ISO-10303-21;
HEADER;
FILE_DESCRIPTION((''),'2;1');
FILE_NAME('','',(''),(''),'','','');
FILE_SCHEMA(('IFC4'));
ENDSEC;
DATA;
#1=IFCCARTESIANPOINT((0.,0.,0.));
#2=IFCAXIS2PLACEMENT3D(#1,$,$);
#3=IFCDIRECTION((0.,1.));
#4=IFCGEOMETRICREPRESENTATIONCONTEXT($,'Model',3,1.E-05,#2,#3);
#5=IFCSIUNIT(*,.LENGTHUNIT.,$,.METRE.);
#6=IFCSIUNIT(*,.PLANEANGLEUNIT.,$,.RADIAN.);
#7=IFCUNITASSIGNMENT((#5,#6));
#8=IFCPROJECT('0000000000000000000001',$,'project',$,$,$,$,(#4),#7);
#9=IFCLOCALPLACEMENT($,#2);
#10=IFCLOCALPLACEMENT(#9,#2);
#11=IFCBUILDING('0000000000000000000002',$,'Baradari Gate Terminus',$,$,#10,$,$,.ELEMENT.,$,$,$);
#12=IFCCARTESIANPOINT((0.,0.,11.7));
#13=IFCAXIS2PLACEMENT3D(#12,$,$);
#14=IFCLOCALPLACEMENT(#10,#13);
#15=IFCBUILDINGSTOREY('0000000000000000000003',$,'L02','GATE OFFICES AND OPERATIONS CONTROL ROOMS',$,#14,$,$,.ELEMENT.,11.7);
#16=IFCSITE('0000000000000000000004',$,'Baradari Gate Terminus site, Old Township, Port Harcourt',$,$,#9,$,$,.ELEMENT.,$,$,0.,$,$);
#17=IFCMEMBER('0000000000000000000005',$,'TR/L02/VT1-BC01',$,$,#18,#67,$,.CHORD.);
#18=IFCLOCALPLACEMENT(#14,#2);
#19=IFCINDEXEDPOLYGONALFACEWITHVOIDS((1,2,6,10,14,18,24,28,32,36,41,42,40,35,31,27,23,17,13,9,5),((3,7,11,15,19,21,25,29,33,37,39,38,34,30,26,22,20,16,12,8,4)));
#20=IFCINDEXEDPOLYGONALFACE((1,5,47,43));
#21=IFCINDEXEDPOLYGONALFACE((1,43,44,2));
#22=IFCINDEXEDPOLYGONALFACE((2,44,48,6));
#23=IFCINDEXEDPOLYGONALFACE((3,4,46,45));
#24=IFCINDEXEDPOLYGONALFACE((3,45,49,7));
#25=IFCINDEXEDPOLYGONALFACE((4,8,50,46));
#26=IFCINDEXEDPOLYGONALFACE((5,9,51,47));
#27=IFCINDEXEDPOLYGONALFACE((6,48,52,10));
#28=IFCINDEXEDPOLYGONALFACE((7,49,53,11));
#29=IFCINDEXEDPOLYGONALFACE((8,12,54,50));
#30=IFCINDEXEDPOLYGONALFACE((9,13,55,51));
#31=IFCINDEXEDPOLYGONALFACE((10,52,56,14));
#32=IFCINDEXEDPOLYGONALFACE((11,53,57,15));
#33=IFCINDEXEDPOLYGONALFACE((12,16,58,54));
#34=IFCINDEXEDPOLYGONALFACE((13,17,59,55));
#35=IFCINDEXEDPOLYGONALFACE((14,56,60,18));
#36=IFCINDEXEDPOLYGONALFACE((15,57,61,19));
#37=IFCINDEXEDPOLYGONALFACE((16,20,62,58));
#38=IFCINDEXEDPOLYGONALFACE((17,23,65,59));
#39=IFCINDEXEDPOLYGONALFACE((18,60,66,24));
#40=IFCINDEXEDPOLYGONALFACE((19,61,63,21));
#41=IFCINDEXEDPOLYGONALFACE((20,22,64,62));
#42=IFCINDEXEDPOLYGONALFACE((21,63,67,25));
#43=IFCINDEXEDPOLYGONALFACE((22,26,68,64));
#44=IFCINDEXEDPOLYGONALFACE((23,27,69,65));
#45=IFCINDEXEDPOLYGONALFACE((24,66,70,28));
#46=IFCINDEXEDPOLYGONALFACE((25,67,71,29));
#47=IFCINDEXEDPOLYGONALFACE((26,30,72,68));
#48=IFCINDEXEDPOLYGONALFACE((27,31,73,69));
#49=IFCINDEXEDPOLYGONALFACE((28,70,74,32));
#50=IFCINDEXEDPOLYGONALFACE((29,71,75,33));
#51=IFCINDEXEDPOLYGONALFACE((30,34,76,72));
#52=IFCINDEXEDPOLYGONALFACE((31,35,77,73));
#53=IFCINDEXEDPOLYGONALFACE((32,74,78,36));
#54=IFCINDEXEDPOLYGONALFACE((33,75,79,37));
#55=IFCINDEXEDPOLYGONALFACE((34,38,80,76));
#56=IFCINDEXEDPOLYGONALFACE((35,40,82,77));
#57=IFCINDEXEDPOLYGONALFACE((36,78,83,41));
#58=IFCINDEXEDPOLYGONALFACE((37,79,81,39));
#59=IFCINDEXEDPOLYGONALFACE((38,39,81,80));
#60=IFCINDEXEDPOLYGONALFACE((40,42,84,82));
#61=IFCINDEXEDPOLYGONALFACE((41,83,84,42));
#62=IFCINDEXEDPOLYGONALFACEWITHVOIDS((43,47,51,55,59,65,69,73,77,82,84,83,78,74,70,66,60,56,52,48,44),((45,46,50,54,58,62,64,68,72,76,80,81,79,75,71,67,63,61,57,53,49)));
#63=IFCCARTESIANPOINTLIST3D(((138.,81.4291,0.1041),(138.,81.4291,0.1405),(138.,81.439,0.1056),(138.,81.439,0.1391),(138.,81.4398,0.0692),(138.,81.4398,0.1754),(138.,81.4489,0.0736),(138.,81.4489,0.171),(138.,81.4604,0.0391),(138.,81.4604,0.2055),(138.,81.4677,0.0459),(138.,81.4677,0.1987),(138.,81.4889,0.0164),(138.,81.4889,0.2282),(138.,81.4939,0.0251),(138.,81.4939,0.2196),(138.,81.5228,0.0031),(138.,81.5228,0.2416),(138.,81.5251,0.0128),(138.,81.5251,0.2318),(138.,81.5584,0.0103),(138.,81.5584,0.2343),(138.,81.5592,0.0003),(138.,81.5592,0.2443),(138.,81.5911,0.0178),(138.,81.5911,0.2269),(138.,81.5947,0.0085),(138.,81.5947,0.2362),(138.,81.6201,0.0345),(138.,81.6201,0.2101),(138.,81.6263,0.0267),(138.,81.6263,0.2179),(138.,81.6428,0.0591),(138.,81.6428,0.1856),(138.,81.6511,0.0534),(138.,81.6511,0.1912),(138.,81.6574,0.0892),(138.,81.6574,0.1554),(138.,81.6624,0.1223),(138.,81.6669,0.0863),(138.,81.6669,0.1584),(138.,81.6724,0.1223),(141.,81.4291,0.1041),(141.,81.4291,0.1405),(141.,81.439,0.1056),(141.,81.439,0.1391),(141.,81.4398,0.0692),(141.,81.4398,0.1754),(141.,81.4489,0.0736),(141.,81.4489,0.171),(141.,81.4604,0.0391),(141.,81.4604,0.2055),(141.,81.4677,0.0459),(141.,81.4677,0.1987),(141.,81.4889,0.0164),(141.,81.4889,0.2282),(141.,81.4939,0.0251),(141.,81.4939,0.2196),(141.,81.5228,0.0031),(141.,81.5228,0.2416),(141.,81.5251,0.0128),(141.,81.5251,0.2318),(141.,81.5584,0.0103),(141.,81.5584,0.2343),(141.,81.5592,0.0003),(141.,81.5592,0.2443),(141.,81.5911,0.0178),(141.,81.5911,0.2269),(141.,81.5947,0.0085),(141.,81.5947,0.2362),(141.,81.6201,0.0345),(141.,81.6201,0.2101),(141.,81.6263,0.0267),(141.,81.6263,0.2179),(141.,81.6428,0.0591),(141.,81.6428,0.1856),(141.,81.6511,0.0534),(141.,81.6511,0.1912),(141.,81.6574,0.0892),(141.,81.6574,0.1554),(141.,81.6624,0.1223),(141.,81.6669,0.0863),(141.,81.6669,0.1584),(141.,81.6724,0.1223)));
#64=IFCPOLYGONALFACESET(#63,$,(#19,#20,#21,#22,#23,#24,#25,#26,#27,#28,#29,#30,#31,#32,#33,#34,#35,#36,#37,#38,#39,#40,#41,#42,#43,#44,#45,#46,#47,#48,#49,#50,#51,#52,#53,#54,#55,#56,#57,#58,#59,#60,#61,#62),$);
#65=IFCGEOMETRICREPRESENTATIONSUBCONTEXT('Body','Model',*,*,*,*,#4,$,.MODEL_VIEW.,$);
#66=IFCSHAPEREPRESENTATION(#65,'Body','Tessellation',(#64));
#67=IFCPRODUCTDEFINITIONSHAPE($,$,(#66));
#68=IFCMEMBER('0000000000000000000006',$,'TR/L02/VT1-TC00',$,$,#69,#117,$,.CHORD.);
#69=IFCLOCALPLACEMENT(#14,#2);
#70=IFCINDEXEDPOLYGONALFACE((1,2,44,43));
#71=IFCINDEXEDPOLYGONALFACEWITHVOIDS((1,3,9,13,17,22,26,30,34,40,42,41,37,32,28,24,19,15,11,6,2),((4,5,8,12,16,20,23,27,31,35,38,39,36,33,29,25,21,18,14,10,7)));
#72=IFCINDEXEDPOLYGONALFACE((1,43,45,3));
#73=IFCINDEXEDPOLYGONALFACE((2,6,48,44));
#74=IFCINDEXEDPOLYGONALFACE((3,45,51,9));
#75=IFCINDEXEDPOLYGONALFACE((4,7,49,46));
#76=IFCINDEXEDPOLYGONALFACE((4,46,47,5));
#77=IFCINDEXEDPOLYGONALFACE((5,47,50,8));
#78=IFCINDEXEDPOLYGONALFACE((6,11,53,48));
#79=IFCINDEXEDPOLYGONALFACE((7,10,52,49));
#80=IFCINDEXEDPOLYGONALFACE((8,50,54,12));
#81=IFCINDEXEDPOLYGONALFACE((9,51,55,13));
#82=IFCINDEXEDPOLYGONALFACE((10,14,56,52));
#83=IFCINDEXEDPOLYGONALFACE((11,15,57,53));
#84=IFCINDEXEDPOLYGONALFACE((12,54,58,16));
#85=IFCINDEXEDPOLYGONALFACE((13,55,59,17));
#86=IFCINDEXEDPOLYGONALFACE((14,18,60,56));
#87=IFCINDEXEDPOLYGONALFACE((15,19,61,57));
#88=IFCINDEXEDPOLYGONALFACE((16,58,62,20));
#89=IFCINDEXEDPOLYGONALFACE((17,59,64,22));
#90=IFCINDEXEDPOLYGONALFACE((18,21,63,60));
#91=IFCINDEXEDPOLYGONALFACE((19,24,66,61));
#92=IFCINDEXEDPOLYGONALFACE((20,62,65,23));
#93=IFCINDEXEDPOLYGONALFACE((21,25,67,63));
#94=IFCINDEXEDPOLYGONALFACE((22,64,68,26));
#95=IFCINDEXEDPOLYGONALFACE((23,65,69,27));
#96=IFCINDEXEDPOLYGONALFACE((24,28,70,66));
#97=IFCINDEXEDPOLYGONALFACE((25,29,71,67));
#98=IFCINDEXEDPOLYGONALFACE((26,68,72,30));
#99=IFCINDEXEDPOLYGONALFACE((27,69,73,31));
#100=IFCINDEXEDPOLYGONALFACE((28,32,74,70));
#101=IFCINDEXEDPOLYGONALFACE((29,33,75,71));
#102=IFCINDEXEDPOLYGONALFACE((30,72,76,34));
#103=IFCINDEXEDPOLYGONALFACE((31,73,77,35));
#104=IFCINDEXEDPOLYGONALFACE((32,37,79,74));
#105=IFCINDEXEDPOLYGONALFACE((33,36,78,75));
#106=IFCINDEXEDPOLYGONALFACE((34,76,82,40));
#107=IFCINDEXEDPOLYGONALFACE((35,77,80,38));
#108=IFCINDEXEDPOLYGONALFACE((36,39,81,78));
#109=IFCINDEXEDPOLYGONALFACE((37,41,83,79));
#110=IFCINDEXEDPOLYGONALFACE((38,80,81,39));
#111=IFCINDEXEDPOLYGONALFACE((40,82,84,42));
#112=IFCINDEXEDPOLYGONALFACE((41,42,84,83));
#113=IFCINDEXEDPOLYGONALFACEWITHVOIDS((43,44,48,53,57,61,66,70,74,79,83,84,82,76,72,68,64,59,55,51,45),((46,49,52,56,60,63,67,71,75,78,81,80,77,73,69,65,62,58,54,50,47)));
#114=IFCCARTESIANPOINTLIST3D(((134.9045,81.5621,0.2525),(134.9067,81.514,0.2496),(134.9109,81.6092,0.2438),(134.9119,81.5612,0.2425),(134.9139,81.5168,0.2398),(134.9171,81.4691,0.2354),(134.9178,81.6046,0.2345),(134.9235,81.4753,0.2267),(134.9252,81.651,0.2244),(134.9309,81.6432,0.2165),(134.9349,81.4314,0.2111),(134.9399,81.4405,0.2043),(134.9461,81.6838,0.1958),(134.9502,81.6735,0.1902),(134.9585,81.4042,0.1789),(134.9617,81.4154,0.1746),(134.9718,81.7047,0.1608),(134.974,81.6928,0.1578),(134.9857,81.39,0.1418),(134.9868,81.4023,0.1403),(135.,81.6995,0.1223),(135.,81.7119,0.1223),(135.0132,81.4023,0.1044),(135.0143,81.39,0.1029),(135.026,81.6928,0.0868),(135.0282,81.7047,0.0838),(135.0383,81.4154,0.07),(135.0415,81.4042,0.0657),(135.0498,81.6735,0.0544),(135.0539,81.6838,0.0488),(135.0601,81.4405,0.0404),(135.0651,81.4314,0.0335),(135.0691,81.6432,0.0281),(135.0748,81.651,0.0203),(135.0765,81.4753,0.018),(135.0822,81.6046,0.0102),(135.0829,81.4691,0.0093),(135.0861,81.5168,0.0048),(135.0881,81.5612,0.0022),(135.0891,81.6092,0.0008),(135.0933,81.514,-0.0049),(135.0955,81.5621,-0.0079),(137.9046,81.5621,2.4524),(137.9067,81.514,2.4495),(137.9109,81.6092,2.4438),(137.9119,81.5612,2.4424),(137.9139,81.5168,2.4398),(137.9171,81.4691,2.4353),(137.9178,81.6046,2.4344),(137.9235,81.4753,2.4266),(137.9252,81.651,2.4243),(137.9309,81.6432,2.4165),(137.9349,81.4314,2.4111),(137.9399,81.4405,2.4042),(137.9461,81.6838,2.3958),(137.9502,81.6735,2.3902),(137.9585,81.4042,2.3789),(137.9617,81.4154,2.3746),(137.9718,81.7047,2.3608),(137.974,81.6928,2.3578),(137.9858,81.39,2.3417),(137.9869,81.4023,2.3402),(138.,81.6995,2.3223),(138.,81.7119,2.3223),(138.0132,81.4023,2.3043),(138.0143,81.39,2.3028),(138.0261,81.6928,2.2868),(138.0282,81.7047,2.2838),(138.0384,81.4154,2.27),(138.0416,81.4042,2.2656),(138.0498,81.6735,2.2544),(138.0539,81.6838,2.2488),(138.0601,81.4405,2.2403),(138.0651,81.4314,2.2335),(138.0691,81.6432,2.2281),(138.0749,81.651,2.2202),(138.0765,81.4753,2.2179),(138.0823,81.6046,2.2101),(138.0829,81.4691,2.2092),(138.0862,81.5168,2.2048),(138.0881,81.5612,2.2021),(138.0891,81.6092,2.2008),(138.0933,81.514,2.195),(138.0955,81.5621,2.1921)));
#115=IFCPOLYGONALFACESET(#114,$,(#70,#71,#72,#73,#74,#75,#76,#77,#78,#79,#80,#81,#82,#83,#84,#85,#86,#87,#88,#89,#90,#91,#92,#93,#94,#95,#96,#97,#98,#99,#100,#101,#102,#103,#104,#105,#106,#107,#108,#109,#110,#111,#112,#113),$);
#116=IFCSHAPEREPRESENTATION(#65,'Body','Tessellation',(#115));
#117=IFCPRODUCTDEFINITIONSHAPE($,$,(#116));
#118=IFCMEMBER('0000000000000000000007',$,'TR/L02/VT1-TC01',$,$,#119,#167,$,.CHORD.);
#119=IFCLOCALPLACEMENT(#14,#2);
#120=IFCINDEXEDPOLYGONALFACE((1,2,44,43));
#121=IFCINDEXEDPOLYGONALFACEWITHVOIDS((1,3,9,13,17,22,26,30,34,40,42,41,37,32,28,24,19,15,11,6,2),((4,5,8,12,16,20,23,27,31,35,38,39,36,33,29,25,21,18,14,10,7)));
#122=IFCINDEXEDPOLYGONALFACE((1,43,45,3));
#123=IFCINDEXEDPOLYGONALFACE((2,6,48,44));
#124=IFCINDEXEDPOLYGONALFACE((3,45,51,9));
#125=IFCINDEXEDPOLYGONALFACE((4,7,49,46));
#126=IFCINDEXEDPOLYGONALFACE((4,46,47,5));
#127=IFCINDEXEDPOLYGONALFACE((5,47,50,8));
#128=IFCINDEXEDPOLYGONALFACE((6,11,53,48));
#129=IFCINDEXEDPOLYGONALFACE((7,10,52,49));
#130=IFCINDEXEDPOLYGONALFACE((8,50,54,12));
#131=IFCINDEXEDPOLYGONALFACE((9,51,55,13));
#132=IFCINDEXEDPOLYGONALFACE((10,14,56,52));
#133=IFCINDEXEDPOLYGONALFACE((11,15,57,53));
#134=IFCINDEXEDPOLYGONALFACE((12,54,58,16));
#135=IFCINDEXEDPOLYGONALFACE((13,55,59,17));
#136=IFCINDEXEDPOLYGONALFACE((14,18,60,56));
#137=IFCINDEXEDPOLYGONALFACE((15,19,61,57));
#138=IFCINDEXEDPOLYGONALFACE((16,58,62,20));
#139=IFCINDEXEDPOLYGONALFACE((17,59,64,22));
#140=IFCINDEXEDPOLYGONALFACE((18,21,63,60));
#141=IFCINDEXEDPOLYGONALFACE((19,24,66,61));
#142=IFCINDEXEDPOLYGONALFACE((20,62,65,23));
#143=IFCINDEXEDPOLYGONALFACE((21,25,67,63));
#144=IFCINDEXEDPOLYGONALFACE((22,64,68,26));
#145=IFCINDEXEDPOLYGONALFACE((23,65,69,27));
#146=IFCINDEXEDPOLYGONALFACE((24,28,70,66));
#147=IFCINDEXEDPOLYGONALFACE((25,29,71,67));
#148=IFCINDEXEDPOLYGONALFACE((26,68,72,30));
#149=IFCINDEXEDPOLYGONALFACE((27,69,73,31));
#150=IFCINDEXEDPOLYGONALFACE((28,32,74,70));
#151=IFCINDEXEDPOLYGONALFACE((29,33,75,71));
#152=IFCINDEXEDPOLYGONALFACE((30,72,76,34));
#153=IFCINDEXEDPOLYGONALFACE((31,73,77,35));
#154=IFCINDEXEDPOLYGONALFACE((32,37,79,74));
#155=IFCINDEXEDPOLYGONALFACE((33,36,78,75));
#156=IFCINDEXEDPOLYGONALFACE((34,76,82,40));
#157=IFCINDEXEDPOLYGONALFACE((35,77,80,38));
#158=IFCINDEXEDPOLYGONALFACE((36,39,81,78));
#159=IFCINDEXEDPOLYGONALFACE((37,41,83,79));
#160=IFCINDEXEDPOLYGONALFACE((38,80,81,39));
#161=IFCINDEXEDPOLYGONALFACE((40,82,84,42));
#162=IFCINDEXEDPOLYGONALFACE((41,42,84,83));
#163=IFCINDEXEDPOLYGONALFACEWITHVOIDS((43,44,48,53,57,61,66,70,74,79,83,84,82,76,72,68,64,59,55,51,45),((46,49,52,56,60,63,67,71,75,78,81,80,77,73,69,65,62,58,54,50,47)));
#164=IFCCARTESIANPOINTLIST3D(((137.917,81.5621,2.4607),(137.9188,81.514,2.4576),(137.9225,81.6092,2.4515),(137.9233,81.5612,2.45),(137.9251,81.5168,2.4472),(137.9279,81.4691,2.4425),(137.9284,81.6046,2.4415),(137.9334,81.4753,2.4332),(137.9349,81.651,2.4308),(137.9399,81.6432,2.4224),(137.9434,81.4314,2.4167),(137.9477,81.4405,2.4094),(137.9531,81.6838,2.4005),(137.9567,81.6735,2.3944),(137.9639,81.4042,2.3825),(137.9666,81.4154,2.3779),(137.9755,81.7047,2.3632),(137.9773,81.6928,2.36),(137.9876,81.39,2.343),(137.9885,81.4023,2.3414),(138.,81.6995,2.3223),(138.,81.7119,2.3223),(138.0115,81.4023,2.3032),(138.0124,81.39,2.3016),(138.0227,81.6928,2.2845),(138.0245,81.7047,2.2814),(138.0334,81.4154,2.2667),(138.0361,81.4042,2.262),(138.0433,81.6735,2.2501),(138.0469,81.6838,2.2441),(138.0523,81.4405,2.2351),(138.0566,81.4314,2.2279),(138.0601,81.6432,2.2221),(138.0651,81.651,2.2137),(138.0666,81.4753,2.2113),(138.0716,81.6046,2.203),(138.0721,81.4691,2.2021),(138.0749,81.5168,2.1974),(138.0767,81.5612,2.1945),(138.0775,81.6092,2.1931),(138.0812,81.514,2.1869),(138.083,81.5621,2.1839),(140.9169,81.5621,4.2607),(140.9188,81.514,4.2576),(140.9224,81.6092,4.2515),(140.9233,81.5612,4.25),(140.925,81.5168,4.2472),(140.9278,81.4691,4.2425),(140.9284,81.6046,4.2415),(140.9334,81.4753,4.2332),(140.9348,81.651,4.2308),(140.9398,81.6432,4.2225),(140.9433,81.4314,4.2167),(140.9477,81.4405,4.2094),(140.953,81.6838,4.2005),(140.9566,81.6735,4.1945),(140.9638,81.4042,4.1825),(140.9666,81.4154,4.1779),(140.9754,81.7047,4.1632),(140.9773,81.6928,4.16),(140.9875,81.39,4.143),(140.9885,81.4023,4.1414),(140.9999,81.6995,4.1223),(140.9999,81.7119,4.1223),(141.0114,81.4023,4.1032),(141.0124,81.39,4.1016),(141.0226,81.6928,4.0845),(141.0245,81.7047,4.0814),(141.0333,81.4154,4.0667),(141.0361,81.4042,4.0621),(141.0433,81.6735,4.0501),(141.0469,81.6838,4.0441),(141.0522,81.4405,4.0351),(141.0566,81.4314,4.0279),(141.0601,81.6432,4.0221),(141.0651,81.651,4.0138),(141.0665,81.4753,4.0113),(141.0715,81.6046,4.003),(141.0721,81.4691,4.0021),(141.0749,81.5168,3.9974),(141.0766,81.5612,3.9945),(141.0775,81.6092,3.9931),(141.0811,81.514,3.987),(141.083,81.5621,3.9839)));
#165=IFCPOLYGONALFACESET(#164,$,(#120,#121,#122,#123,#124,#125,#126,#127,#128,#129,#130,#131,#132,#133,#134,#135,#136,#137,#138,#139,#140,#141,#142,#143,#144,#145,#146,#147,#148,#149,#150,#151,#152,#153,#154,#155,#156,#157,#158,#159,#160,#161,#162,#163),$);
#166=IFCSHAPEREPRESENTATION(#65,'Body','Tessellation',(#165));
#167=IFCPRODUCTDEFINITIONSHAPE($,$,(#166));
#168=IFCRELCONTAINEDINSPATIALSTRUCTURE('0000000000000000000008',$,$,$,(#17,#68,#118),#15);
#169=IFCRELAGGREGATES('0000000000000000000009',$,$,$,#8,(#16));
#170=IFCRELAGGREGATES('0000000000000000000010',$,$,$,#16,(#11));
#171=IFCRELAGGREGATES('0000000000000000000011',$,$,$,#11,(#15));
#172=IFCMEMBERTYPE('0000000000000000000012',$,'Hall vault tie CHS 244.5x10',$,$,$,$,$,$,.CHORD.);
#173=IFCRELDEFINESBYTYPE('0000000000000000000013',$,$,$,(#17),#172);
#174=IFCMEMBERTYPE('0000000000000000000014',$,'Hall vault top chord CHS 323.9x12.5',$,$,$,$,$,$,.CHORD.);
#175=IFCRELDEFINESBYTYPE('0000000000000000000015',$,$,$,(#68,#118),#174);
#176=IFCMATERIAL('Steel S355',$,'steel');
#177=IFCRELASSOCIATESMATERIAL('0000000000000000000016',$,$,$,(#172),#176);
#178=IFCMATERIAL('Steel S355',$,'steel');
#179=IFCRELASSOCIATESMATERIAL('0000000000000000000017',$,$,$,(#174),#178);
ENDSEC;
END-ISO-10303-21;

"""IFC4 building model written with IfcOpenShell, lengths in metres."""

from ifc_helpers import new_model, si_unit, direction, frame, origin, origin_2d, place, context, subcontext, project, spatial, hollow_circle, extrude, material, material_profile, profile_set, type_object, element, save


model = new_model("IFC4")

# Units and contexts
model_context = context("Model", 3, precision=1e-05, world=origin(), true_north=direction((0.0, 1.0)))
body_context = subcontext(model_context, "Body", "Model", "MODEL_VIEW")
ifc_project = project(units=[si_unit("LENGTHUNIT", "METRE"), si_unit("PLANEANGLEUNIT", "RADIAN")], contexts=[model_context])

# Site, building, storey
site_placement = place(None, origin())
site = spatial("IfcSite", under=ifc_project, at=site_placement, Name="Baradari Gate Terminus site, Old Township, Port Harcourt", CompositionType="ELEMENT", RefElevation=0.0)
building_placement = place(site_placement, origin())
building = spatial("IfcBuilding", under=site, at=building_placement, Name="Baradari Gate Terminus", CompositionType="ELEMENT")
storey_placement = place(building_placement, frame((0.0, 0.0, 11.7)))
storey = spatial("IfcBuildingStorey", under=building, at=storey_placement, Name="L02", Description="GATE OFFICES AND OPERATIONS CONTROL ROOMS", CompositionType="ELEMENT", Elevation=11.7)

# Members
ifc_material_1 = material(Name="Steel S355", Category="steel")
ifc_material_profile_1 = material_profile(ifc_material_1, hollow_circle(Radius=0.1223, WallThickness=0.01, at=origin_2d()), Name="CHS 244.5x10")
ifc_profile_set_1 = profile_set([ifc_material_profile_1], Name="Steel S355")
member_type_1 = type_object("IfcMemberType", Name="Hall vault tie CHS 244.5x10", PredefinedType="CHORD", material=ifc_profile_set_1)
for number, where, z_axis, x_axis, name in (
    (1, (138.0, 81.55, 0.1223), (1.0, 0.0, 0.0), (0.0, 1.0, 0.0), "TR/L02/VT1-BC01"),
):
    element("IfcMember", number, at=place(storey_placement, frame(where, z_axis=z_axis, x_axis=x_axis)), inside=storey, type_object=member_type_1, Name=name, PredefinedType="CHORD", context=body_context, shape_type="SweptSolid", body=[
        extrude(hollow_circle(Radius=0.1223, WallThickness=0.01, at=origin_2d()), origin(), (0.0, 0.0, 1.0), 3.0),
    ])
ifc_material_2 = material(Name="Steel S355", Category="steel")
ifc_material_profile_2 = material_profile(ifc_material_2, hollow_circle(Radius=0.1619, WallThickness=0.0125, at=origin_2d()), Name="CHS 323.9x12.5")
ifc_profile_set_2 = profile_set([ifc_material_profile_2], Name="Steel S355")
member_type_2 = type_object("IfcMemberType", Name="Hall vault top chord CHS 323.9x12.5", PredefinedType="CHORD", material=ifc_profile_set_2)
member_1_placement = place(storey_placement, frame((135.0, 81.55, 0.1223), z_axis=(0.806411, 0.0, 0.591355), x_axis=(0.0, 1.0, 0.0)))
element("IfcMember", 2, at=member_1_placement, inside=storey, type_object=member_type_2, Name="TR/L02/VT1-TC00", PredefinedType="CHORD", context=body_context, shape_type="SweptSolid", body=[
    extrude(hollow_circle(Radius=0.1619, WallThickness=0.0125, at=origin_2d()), origin(), (0.0, 0.0, 1.0), 3.7202),
])
member_2_placement = place(storey_placement, frame((138.0, 81.55, 2.3223), z_axis=(0.857487, 0.0, 0.514506), x_axis=(0.0, 1.0, 0.0)))
element("IfcMember", 3, at=member_2_placement, inside=storey, type_object=member_type_2, Name="TR/L02/VT1-TC01", PredefinedType="CHORD", context=body_context, shape_type="SweptSolid", body=[
    extrude(hollow_circle(Radius=0.1619, WallThickness=0.0125, at=origin_2d()), origin(), (0.0, 0.0, 1.0), 3.4985),
])

save(model, "model.ifc")
